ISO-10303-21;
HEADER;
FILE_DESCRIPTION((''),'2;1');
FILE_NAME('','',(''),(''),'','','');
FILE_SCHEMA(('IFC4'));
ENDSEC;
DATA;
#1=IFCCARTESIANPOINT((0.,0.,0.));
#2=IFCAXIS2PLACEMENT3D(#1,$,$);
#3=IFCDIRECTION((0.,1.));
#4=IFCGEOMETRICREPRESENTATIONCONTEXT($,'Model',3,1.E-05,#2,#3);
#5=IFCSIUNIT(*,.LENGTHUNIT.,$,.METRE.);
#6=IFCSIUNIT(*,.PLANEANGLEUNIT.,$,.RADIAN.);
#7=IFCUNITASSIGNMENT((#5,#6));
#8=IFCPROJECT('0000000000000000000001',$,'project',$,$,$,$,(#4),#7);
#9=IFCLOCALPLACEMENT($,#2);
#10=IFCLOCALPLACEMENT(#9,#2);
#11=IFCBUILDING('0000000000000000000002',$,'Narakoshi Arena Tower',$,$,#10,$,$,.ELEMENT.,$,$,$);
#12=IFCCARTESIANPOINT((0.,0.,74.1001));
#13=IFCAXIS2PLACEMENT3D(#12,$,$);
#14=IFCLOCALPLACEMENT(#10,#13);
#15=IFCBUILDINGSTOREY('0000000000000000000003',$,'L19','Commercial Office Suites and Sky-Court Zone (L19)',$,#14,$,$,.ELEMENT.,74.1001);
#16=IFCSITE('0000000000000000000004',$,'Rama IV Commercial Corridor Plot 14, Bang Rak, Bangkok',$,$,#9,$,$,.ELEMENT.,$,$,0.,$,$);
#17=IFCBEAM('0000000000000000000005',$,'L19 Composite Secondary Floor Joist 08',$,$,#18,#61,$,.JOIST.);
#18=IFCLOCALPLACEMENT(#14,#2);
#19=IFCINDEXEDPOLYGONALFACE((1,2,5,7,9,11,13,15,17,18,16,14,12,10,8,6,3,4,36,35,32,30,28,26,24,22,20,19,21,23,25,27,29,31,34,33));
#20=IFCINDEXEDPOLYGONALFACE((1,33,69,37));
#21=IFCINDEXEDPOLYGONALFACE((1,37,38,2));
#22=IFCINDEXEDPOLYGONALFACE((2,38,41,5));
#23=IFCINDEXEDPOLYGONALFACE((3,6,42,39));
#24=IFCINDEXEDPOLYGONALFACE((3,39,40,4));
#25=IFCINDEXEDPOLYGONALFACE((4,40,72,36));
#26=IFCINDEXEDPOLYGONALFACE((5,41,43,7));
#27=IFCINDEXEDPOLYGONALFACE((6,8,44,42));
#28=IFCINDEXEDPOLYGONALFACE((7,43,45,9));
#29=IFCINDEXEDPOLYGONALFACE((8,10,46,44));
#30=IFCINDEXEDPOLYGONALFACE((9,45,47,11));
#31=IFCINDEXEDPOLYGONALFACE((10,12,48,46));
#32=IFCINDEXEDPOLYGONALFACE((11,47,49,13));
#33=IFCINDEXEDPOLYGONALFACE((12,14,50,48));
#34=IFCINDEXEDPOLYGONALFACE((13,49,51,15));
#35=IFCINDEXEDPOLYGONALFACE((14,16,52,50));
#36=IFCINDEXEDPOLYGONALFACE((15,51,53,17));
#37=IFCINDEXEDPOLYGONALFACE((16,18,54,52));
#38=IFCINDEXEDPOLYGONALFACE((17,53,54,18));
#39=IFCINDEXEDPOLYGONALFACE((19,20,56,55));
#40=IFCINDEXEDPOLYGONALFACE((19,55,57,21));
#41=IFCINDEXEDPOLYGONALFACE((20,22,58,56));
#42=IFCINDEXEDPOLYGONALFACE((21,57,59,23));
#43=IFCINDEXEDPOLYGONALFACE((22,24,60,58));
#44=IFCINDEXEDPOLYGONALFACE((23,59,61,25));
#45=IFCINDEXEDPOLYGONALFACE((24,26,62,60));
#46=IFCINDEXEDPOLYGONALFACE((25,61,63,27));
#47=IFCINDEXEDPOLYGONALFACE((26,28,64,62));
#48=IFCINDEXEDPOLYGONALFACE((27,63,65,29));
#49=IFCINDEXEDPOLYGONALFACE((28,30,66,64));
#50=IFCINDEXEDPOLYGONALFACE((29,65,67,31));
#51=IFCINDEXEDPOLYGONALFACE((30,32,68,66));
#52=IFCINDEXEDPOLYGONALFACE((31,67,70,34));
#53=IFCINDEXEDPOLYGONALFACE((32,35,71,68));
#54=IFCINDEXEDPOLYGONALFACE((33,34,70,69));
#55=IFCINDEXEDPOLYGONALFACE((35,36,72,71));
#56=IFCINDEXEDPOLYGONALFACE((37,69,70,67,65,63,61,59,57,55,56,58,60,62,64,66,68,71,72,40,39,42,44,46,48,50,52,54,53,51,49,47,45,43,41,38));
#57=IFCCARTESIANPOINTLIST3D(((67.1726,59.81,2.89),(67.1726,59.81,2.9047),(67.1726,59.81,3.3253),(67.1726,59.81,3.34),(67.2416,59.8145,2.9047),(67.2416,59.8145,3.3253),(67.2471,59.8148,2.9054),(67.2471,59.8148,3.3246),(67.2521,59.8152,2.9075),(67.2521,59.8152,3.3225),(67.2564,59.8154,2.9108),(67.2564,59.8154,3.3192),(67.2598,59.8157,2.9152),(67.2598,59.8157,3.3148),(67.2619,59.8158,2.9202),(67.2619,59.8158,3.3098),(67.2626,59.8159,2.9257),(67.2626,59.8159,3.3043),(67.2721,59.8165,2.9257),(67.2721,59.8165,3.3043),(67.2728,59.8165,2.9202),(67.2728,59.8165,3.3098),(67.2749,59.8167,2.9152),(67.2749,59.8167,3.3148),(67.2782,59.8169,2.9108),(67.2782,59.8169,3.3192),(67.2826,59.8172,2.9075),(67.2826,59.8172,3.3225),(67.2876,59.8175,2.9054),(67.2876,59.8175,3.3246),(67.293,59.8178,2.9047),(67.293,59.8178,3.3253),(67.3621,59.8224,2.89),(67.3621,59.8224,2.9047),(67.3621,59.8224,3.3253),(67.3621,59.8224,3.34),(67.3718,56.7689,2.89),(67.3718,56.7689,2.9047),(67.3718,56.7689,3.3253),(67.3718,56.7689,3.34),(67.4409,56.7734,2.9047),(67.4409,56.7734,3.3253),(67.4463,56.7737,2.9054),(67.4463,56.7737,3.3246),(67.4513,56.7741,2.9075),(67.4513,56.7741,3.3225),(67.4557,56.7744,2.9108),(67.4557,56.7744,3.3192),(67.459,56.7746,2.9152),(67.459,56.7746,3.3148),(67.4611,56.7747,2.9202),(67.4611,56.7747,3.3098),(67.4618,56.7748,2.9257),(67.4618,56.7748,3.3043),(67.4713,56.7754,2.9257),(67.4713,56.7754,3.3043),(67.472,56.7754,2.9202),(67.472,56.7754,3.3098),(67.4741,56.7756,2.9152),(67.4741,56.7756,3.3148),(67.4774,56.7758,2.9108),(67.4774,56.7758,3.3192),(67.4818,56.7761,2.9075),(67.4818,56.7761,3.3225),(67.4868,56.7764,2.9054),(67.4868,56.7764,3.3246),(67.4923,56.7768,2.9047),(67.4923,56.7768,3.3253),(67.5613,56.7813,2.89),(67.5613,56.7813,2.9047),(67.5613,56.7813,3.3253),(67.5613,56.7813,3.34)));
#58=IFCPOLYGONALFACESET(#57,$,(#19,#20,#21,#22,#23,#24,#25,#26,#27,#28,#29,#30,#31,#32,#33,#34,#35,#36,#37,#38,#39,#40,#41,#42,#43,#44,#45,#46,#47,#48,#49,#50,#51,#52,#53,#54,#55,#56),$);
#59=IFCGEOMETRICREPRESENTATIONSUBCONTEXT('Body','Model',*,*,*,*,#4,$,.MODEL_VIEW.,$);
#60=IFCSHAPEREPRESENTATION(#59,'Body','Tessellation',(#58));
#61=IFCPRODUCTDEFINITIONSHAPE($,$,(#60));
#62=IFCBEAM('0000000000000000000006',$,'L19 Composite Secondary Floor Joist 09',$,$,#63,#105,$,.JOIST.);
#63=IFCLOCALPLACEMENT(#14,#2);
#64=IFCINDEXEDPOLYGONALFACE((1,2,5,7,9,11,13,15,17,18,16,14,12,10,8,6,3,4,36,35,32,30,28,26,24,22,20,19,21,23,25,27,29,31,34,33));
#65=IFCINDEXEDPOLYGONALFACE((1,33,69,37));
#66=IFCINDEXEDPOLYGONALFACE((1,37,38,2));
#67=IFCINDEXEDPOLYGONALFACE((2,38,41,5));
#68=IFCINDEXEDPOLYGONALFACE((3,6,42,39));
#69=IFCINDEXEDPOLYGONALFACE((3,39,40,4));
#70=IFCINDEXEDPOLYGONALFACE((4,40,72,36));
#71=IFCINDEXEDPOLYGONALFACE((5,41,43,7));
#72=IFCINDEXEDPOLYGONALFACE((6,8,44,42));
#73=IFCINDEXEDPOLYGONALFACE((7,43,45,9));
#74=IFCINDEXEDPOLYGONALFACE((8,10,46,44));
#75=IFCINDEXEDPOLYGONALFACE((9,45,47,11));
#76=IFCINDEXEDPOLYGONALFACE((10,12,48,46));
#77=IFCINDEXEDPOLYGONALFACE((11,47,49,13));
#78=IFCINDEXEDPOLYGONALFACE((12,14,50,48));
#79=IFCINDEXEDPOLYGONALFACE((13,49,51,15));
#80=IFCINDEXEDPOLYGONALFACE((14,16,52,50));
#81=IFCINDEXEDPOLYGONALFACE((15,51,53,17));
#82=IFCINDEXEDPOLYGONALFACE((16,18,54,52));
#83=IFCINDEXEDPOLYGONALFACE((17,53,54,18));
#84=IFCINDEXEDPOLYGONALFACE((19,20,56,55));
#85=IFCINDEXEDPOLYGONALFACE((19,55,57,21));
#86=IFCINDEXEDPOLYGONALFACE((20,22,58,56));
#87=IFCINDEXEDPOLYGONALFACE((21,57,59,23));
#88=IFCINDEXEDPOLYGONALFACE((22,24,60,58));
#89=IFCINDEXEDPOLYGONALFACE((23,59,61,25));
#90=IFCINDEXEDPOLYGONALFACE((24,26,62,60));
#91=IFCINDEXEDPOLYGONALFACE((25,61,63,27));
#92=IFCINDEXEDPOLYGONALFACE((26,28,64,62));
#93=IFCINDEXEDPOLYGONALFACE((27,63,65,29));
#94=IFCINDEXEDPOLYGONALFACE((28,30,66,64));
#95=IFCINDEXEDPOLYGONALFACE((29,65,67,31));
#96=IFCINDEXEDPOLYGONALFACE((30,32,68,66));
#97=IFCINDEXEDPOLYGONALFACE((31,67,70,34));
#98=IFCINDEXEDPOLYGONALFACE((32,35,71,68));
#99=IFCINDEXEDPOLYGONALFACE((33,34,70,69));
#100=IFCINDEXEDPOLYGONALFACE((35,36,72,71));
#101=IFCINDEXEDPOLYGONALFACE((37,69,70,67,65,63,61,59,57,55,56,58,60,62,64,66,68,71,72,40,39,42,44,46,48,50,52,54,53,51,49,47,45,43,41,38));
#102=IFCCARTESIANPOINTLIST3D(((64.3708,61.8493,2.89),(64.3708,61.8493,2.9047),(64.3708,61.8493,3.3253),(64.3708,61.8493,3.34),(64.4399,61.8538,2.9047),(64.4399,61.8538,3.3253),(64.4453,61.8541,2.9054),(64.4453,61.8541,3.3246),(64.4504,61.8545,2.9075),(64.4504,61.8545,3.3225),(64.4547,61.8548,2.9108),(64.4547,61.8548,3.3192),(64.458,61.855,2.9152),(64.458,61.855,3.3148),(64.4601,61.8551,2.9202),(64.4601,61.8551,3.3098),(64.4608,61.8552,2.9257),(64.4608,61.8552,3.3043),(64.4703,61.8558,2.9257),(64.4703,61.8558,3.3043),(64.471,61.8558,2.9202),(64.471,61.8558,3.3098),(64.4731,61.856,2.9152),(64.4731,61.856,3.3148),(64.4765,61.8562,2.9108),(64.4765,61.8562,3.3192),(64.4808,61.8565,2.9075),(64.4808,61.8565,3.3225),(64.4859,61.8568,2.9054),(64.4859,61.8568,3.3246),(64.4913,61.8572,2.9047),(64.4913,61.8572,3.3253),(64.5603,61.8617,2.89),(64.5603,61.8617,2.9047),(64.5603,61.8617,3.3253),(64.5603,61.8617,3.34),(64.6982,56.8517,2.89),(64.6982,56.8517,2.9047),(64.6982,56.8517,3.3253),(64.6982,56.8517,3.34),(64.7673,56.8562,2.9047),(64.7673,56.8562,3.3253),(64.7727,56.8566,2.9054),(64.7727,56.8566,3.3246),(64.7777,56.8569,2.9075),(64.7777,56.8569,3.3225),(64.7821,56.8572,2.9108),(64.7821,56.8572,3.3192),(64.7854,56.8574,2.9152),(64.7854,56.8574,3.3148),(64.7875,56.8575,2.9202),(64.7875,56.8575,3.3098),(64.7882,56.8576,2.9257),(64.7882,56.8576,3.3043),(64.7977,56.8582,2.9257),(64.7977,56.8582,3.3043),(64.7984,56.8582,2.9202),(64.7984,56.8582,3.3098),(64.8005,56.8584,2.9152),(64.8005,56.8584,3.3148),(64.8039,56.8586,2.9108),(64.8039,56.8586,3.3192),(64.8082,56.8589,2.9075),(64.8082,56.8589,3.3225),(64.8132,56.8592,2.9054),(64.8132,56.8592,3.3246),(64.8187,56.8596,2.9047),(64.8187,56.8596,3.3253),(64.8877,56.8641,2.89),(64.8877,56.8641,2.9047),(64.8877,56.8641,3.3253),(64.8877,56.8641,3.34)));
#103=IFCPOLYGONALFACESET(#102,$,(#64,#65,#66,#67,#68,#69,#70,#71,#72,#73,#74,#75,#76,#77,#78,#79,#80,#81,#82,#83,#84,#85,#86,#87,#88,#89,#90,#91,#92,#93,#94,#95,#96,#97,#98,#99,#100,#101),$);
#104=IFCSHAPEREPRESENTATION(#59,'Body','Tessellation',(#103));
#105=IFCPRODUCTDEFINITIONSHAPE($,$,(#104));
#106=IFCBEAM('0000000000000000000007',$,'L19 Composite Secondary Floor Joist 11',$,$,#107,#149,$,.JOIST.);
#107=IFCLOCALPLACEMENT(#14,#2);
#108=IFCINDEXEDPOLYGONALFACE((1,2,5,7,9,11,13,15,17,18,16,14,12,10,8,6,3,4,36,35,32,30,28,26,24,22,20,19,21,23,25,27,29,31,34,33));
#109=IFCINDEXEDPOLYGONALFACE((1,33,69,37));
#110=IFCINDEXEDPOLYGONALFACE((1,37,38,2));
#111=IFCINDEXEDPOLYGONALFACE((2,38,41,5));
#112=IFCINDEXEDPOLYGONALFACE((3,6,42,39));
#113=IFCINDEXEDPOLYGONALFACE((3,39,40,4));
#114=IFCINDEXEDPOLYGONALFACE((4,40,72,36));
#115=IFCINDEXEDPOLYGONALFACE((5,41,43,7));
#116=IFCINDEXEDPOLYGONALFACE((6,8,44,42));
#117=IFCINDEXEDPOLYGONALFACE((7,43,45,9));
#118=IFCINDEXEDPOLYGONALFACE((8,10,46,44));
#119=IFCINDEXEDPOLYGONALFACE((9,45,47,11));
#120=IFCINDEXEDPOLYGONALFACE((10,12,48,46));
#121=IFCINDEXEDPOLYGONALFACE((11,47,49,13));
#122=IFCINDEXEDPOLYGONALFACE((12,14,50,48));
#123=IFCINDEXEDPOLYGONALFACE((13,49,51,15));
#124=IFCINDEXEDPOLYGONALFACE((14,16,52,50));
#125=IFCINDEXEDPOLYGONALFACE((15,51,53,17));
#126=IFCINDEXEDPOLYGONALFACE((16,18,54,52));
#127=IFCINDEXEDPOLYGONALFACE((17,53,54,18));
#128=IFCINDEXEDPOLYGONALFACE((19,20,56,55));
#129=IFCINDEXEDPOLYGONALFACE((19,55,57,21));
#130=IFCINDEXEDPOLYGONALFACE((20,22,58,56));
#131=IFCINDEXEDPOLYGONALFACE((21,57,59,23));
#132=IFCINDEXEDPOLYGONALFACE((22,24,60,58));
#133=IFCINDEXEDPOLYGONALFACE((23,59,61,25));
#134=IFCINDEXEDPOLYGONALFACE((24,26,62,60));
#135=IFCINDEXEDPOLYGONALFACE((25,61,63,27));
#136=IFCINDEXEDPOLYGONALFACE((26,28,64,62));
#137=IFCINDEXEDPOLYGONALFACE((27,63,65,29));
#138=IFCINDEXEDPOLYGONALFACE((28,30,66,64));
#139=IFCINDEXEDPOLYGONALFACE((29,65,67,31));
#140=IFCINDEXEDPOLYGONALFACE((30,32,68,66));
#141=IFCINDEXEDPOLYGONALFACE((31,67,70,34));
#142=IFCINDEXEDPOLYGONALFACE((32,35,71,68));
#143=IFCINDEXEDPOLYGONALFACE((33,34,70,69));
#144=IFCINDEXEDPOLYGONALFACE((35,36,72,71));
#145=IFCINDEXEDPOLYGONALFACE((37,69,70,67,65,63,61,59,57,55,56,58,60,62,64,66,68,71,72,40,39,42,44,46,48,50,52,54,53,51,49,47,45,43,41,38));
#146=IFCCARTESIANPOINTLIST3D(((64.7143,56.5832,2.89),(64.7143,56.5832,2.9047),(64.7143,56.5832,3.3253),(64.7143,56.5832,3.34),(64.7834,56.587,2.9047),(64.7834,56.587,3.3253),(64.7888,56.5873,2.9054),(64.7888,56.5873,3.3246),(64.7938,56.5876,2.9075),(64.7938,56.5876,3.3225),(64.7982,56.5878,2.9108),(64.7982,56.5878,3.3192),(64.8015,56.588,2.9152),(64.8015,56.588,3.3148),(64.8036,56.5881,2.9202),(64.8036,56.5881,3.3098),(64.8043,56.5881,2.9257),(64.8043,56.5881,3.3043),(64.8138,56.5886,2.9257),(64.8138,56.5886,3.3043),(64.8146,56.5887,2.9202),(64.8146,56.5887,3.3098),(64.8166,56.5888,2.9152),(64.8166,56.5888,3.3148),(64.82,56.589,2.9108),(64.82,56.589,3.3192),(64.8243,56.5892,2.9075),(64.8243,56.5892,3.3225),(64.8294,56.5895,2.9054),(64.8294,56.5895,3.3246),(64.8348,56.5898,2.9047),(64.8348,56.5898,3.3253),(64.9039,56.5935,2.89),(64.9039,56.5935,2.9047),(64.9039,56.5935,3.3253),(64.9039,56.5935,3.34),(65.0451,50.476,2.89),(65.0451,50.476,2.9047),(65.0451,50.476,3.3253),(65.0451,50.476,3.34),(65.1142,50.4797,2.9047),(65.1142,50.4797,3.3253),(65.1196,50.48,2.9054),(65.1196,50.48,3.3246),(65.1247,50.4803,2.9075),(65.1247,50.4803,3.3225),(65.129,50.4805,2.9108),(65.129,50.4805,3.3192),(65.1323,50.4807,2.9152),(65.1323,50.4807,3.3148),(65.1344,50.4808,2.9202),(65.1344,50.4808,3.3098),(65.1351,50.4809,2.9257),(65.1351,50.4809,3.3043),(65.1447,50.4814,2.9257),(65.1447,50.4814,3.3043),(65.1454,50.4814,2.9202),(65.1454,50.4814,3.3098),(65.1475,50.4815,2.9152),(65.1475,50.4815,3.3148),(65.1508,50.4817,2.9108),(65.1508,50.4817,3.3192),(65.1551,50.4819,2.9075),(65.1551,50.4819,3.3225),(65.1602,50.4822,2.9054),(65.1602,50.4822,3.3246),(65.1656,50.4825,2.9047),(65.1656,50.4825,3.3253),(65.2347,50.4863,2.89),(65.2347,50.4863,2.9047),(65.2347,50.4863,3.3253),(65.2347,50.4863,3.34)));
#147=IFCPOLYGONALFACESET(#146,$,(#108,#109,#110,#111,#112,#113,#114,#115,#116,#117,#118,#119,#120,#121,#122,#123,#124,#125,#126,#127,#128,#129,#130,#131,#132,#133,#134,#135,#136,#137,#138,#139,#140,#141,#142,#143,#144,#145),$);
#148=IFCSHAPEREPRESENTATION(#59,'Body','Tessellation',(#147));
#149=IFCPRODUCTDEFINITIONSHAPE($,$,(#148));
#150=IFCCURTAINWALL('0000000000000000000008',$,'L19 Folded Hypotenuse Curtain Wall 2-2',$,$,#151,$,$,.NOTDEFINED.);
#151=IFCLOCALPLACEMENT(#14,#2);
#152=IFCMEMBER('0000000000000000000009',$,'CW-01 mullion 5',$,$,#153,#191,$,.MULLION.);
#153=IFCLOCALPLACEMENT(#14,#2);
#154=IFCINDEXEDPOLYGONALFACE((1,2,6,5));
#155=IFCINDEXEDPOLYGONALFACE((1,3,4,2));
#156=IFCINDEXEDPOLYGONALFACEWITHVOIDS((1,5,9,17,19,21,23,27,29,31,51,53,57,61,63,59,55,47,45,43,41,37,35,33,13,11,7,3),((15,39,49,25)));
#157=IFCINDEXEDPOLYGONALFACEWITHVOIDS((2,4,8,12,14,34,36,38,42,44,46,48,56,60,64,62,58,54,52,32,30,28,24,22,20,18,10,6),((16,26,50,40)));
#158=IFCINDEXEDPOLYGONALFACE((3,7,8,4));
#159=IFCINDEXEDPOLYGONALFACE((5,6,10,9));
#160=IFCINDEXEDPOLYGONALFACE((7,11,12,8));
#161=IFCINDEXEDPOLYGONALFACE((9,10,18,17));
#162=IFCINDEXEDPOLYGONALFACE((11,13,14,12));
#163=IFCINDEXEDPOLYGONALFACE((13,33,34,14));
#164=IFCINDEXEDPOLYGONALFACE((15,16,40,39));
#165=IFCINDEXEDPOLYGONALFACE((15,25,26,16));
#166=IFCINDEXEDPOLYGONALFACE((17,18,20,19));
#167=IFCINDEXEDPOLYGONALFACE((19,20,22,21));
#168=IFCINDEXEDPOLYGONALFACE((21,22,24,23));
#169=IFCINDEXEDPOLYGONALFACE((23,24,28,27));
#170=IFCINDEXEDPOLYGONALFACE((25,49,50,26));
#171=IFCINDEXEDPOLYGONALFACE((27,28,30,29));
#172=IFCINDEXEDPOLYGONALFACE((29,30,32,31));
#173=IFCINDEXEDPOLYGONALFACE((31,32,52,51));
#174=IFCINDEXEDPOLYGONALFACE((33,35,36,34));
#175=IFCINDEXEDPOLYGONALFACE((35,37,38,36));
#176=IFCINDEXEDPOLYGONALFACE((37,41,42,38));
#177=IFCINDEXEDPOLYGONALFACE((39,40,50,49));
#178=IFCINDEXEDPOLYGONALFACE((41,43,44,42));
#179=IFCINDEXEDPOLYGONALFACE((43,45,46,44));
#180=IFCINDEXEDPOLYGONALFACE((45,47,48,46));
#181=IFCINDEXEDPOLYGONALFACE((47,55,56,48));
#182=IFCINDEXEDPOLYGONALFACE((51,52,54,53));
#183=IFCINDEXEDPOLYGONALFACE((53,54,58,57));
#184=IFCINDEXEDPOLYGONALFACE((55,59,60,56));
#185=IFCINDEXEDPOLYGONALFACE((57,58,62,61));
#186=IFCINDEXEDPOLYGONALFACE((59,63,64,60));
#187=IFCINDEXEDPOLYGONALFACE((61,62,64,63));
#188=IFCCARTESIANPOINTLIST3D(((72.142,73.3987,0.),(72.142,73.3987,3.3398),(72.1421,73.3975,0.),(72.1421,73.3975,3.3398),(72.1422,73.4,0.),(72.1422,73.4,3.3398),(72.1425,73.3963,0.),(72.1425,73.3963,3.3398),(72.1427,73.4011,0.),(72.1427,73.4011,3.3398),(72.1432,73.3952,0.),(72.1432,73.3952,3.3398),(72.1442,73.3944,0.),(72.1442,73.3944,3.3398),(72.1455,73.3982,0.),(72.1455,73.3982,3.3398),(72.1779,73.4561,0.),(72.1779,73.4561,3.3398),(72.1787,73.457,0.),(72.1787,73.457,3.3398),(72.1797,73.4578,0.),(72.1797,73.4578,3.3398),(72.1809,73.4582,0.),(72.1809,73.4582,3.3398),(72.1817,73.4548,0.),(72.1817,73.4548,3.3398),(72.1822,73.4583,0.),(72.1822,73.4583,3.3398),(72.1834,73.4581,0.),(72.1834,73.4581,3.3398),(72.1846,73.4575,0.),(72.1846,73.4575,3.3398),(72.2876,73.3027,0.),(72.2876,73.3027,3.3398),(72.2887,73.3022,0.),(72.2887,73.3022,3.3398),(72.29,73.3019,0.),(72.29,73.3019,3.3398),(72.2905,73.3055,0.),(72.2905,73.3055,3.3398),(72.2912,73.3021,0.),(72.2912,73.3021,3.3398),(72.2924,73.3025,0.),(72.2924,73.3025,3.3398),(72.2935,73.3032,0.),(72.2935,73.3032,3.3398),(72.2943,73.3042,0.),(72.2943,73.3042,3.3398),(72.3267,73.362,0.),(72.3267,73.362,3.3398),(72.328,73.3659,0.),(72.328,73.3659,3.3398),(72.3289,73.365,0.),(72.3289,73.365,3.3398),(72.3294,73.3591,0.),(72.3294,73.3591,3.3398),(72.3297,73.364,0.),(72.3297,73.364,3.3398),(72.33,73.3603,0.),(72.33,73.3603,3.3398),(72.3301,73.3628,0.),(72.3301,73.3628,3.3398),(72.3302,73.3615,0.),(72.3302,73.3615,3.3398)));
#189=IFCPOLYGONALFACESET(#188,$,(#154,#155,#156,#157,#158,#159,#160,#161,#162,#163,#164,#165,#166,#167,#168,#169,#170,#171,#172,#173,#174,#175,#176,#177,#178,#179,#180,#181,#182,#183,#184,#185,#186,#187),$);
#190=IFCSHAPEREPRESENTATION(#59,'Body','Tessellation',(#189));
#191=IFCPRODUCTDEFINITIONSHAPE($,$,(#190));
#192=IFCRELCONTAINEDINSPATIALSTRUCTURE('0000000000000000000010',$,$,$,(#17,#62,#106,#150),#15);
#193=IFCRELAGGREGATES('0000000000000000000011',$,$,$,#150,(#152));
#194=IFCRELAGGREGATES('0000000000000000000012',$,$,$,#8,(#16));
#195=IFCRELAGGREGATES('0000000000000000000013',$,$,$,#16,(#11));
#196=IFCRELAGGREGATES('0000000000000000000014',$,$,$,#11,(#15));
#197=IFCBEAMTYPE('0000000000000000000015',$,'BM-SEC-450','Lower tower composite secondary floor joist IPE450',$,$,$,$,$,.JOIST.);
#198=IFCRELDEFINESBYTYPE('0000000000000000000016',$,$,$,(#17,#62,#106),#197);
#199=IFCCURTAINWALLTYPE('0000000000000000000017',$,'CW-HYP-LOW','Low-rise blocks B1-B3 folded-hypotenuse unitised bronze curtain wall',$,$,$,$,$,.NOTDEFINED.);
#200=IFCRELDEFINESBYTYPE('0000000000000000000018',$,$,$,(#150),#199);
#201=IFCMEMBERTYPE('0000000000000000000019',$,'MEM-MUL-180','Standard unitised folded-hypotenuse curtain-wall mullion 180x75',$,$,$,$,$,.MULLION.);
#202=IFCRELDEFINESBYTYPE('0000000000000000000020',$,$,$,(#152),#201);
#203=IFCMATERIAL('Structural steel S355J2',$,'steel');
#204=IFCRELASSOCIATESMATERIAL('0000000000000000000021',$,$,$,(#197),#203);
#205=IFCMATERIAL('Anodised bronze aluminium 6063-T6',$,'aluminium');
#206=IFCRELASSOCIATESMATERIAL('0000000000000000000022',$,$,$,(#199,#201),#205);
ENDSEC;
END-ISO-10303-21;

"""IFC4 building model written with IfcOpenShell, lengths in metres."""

from ifc_helpers import new_model, si_unit, direction, frame, origin, origin_2d, place, context, subcontext, project, spatial, hollow_rectangle, i_section, extrude, material, material_profile, profile_set, type_object, element, aggregate, save


model = new_model("IFC4")

# Units and contexts
model_context = context("Model", 3, precision=1e-05, world=origin(), true_north=direction((0.0, 1.0)))
body_context = subcontext(model_context, "Body", "Model", "MODEL_VIEW")
ifc_project = project(units=[si_unit("LENGTHUNIT", "METRE"), si_unit("PLANEANGLEUNIT", "RADIAN")], contexts=[model_context])

# Site, building, storey
site_placement = place(None, origin())
site = spatial("IfcSite", under=ifc_project, at=site_placement, Name="Rama IV Commercial Corridor Plot 14, Bang Rak, Bangkok", CompositionType="ELEMENT", RefElevation=0.0)
building_placement = place(site_placement, origin())
building = spatial("IfcBuilding", under=site, at=building_placement, Name="Narakoshi Arena Tower", CompositionType="ELEMENT")
storey_placement = place(building_placement, frame((0.0, 0.0, 74.1001)))
storey = spatial("IfcBuildingStorey", under=building, at=storey_placement, Name="L19", Description="Commercial Office Suites and Sky-Court Zone (L19)", CompositionType="ELEMENT", Elevation=74.1001)

# Beams
ifc_material_1 = material(Name="Structural steel S355J2", Category="steel")
ifc_material_profile_1 = material_profile(ifc_material_1, i_section(OverallWidth=0.1899, OverallDepth=0.45, WebThickness=0.0095, FlangeThickness=0.0146, FilletRadius=0.021, at=origin_2d()), Name="IPE450")
ifc_profile_set_1 = profile_set([ifc_material_profile_1], Name="Structural steel S355J2")
beam_type_1 = type_object("IfcBeamType", Name="BM-SEC-450", Description="Lower tower composite secondary floor joist IPE450", PredefinedType="JOIST", material=ifc_profile_set_1)
beam_1_placement = place(storey_placement, frame((67.2673, 59.8162, 3.115), z_axis=(0.06537, -0.997861, 0.0), x_axis=(0.997861, 0.06537, 0.0)))
element("IfcBeam", 1, at=beam_1_placement, inside=storey, type_object=beam_type_1, Name="L19 Composite Secondary Floor Joist 08", PredefinedType="JOIST", context=body_context, shape_type="SweptSolid", body=[
    extrude(i_section(OverallWidth=0.1899, OverallDepth=0.45, WebThickness=0.0095, FlangeThickness=0.0146, FilletRadius=0.021, at=origin_2d()), origin(), (0.0, 0.0, 1.0), 3.0476),
])
beam_2_placement = place(storey_placement, frame((64.4656, 61.8555, 3.115), z_axis=(0.06537, -0.997861, 0.0), x_axis=(0.997861, 0.06537, 0.0)))
element("IfcBeam", 2, at=beam_2_placement, inside=storey, type_object=beam_type_1, Name="L19 Composite Secondary Floor Joist 09", PredefinedType="JOIST", context=body_context, shape_type="SweptSolid", body=[
    extrude(i_section(OverallWidth=0.1899, OverallDepth=0.45, WebThickness=0.0095, FlangeThickness=0.0146, FilletRadius=0.021, at=origin_2d()), origin(), (0.0, 0.0, 1.0), 5.0083),
])
beam_3_placement = place(storey_placement, frame((64.8091, 56.5884, 3.115), z_axis=(0.054088, -0.998536, 0.0), x_axis=(0.998536, 0.054088, 0.0)))
element("IfcBeam", 3, at=beam_3_placement, inside=storey, type_object=beam_type_1, Name="L19 Composite Secondary Floor Joist 11", PredefinedType="JOIST", context=body_context, shape_type="SweptSolid", body=[
    extrude(i_section(OverallWidth=0.1899, OverallDepth=0.45, WebThickness=0.0095, FlangeThickness=0.0146, FilletRadius=0.021, at=origin_2d()), origin(), (0.0, 0.0, 1.0), 6.1162),
])

# Curtain wall, member
ifc_material_2 = material(Name="Anodised bronze aluminium 6063-T6", Category="aluminium")
curtain_wall_type = type_object("IfcCurtainWallType", Name="CW-HYP-LOW", Description="Low-rise blocks B1-B3 folded-hypotenuse unitised bronze curtain wall", PredefinedType="NOTDEFINED", material=ifc_material_2)
curtain_wall_1_placement = place(storey_placement, origin())
curtain_wall_1 = element("IfcCurtainWall", 4, at=curtain_wall_1_placement, inside=storey, type_object=curtain_wall_type, Name="L19 Folded Hypotenuse Curtain Wall 2-2", PredefinedType="NOTDEFINED")
ifc_material_profile_2 = material_profile(ifc_material_2, hollow_rectangle(XDim=0.075, YDim=0.1799, WallThickness=0.0039, OuterFilletRadius=0.0049, at=origin_2d()), Name="MUL180x75x4")
ifc_profile_set_2 = profile_set([ifc_material_profile_2], Name="Anodised bronze aluminium 6063-T6")
member_type_1 = type_object("IfcMemberType", Name="MEM-MUL-180", Description="Standard unitised folded-hypotenuse curtain-wall mullion 180x75", PredefinedType="MULLION", material=ifc_profile_set_2)
member_1_placement = place(storey_placement, frame((72.2361, 73.3801, 0.0), z_axis=(0.0, 0.0, 1.0), x_axis=(-0.538829, -0.842415, 0.0)))
member_1 = element("IfcMember", 5, at=member_1_placement, type_object=member_type_1, Name="CW-01 mullion 5", PredefinedType="MULLION", context=body_context, shape_type="SweptSolid", body=[
    extrude(hollow_rectangle(XDim=0.075, YDim=0.1799, WallThickness=0.0039, OuterFilletRadius=0.0049, at=origin_2d()), origin(), (0.0, 0.0, 1.0), 3.3398),
])

aggregate(curtain_wall_1, [member_1])

save(model, "model.ifc")
